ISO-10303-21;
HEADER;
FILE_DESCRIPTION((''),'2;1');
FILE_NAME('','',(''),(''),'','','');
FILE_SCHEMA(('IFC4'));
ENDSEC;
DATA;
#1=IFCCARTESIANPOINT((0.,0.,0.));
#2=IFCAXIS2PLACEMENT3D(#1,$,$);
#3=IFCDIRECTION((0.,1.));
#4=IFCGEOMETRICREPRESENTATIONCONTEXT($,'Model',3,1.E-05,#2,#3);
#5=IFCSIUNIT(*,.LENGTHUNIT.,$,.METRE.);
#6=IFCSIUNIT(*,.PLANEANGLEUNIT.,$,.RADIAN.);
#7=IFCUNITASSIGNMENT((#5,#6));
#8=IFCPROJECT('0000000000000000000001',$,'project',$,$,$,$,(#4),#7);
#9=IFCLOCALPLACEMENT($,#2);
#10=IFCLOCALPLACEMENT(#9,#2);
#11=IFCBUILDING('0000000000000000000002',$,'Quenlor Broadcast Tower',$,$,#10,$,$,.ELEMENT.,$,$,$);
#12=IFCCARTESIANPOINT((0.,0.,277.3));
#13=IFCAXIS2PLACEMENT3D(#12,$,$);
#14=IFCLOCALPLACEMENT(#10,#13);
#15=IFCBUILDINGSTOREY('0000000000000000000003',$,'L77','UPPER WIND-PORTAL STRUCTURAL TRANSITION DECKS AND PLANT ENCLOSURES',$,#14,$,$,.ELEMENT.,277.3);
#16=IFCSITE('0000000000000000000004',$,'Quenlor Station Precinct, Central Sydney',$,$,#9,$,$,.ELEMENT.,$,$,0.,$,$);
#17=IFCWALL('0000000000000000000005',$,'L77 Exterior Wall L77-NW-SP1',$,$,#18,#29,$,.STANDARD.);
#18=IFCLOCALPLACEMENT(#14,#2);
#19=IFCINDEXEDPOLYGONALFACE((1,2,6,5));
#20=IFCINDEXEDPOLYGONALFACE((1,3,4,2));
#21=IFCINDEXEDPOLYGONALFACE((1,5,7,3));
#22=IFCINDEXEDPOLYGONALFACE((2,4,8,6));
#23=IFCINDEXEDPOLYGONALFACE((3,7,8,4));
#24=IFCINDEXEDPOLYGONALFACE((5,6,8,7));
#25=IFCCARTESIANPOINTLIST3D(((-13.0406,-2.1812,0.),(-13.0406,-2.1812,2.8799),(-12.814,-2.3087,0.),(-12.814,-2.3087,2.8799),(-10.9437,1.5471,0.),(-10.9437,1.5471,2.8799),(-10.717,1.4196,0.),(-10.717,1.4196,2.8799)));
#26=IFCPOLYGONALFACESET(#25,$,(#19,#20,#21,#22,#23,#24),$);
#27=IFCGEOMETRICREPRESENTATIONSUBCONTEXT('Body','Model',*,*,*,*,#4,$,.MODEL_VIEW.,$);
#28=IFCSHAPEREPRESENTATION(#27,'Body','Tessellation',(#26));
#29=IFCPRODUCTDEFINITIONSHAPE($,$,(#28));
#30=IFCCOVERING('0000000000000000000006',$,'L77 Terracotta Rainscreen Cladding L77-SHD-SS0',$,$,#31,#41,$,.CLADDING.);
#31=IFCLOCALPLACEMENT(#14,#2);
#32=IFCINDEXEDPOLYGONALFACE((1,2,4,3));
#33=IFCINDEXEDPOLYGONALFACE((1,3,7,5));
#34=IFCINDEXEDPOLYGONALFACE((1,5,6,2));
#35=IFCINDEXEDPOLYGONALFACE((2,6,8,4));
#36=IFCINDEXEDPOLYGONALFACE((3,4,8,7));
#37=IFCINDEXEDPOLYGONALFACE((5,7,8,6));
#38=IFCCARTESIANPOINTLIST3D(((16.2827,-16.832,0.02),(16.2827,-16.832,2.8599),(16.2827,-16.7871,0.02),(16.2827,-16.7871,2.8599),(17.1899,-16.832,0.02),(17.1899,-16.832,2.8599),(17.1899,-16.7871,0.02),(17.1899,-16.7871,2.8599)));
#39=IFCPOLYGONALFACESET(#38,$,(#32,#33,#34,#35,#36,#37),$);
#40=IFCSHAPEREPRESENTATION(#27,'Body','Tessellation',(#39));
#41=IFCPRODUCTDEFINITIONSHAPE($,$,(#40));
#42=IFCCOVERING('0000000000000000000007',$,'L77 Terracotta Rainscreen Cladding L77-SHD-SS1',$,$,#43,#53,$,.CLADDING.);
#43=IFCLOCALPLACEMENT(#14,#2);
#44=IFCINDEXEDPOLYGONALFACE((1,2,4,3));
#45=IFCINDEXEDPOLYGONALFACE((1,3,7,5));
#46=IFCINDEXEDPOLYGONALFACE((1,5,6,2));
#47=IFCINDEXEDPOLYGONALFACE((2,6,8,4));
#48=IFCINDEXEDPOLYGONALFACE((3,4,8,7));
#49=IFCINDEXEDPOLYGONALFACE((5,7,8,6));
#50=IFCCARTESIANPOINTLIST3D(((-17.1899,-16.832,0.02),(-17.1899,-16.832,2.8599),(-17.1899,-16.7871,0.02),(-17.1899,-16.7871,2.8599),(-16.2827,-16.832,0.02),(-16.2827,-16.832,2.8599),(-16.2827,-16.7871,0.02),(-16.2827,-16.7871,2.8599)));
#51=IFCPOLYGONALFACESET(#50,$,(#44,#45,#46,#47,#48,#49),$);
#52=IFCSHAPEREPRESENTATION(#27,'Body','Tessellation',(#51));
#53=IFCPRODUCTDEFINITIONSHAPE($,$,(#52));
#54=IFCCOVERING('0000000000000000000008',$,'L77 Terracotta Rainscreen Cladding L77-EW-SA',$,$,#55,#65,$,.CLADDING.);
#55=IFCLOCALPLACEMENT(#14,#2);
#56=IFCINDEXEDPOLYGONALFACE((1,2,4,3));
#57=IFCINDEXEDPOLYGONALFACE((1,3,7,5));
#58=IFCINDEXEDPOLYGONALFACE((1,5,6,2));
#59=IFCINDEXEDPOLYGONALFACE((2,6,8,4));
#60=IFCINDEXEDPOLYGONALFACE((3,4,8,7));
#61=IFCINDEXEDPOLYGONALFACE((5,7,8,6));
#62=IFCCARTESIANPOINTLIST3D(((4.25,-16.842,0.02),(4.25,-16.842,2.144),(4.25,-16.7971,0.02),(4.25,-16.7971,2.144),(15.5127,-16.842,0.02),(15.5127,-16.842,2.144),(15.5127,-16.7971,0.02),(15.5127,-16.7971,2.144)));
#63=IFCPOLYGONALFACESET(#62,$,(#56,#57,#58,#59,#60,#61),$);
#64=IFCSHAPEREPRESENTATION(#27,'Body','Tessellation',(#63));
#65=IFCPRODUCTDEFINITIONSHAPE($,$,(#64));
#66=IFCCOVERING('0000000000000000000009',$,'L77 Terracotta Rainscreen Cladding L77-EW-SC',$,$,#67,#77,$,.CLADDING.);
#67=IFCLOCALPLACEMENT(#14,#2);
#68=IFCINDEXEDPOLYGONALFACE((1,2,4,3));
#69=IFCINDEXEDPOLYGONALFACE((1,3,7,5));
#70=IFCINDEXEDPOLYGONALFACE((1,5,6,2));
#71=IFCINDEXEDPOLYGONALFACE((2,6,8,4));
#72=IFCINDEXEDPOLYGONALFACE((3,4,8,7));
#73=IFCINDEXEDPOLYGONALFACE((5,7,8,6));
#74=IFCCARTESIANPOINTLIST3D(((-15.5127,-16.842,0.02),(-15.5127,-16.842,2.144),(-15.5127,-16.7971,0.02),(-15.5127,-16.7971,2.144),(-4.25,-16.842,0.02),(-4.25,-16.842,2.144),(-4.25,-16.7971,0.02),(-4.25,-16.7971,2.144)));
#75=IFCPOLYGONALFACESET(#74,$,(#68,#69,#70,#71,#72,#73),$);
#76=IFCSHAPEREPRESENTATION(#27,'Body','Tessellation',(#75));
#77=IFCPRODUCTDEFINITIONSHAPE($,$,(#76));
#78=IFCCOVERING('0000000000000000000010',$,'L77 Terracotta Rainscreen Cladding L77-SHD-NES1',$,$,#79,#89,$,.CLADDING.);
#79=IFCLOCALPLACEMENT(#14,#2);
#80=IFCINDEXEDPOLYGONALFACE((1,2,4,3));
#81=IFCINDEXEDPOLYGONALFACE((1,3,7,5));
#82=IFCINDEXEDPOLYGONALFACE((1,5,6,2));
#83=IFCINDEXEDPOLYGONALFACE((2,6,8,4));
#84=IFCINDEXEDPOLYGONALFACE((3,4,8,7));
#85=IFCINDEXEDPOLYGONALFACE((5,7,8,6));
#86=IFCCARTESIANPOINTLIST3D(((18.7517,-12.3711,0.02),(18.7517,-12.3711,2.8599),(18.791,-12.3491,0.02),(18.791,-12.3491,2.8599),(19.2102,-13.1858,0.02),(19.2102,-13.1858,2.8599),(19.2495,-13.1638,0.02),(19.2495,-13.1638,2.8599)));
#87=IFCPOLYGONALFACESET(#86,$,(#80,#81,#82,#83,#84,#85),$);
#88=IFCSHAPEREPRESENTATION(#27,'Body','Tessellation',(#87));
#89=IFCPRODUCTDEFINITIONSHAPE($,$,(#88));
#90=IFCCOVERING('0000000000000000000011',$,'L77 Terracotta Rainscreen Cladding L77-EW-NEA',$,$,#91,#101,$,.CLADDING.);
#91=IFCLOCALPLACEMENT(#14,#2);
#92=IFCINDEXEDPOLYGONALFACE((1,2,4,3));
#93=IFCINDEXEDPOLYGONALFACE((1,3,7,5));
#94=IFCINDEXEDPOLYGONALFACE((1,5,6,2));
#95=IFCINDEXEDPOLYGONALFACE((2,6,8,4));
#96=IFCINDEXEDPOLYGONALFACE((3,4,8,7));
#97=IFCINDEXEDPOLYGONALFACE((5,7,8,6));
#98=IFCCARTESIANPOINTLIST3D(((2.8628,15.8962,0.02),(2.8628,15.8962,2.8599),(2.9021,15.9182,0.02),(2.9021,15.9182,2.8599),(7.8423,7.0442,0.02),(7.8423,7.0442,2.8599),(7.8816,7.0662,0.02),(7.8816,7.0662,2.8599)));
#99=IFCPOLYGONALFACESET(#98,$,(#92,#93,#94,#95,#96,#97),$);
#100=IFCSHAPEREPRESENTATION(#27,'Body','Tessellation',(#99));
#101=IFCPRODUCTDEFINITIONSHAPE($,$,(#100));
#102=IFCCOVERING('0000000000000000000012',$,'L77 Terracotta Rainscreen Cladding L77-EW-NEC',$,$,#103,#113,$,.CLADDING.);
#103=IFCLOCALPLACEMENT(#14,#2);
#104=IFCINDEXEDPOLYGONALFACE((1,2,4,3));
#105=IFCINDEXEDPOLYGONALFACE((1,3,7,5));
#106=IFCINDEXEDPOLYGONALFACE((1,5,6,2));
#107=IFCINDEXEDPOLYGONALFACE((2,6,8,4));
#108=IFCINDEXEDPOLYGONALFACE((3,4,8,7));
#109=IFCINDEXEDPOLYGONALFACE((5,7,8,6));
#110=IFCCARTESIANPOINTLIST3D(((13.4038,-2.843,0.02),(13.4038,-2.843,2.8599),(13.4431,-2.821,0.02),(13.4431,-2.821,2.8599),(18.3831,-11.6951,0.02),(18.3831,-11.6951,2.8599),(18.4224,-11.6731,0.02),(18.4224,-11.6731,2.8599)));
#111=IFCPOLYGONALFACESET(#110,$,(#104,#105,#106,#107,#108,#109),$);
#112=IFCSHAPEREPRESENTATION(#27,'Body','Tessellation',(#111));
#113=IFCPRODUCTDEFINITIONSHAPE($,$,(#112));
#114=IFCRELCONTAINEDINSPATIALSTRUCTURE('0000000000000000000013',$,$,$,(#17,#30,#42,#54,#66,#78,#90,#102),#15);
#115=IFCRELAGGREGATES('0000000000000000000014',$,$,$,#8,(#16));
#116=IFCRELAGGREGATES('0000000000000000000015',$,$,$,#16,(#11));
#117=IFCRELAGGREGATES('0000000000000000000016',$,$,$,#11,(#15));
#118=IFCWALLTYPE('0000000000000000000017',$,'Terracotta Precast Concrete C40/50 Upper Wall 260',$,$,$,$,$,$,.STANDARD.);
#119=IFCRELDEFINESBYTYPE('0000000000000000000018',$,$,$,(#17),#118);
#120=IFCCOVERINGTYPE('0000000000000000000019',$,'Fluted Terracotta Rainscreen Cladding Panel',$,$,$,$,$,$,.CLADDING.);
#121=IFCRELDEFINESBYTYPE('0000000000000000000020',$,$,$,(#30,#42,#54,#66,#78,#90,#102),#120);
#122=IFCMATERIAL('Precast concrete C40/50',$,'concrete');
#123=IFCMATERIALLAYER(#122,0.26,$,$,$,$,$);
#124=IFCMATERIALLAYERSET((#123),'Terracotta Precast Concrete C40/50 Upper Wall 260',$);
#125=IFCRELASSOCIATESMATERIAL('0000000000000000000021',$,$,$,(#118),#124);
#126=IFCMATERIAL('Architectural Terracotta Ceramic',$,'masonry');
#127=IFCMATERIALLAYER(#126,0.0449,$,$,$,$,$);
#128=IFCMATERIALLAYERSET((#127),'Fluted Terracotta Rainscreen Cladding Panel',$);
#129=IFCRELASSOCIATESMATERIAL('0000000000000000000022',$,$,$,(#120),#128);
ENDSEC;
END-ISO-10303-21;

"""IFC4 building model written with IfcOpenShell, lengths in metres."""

from ifc_helpers import new_model, si_unit, direction, frame, frame_2d, origin, place, context, subcontext, project, spatial, polyline, rectangle, outline, extrude, material, layer, layer_set, type_object, element, save


model = new_model("IFC4")

# Units and contexts
model_context = context("Model", 3, precision=1e-05, world=origin(), true_north=direction((0.0, 1.0)))
body_context = subcontext(model_context, "Body", "Model", "MODEL_VIEW")
ifc_project = project(units=[si_unit("LENGTHUNIT", "METRE"), si_unit("PLANEANGLEUNIT", "RADIAN")], contexts=[model_context])

# Site, building, storey
site_placement = place(None, origin())
site = spatial("IfcSite", under=ifc_project, at=site_placement, Name="Quenlor Station Precinct, Central Sydney", CompositionType="ELEMENT", RefElevation=0.0)
building_placement = place(site_placement, origin())
building = spatial("IfcBuilding", under=site, at=building_placement, Name="Quenlor Broadcast Tower", CompositionType="ELEMENT")
storey_placement = place(building_placement, frame((0.0, 0.0, 277.3)))
storey = spatial("IfcBuildingStorey", under=building, at=storey_placement, Name="L77", Description="UPPER WIND-PORTAL STRUCTURAL TRANSITION DECKS AND PLANT ENCLOSURES", CompositionType="ELEMENT", Elevation=277.3)

# Wall
ifc_material_1 = material(Name="Precast concrete C40/50", Category="concrete")
ifc_layer_1 = layer(ifc_material_1, 0.26)
ifc_layer_set_1 = layer_set([ifc_layer_1], Name="Terracotta Precast Concrete C40/50 Upper Wall 260")
wall_type_1 = type_object("IfcWallType", Name="Terracotta Precast Concrete C40/50 Upper Wall 260", PredefinedType="STANDARD", material=ifc_layer_set_1)
wall_1_placement = place(storey_placement, frame((-12.9272, -2.2449, 0.0), z_axis=(0.0, 0.0, 1.0), x_axis=(0.490221, 0.871598, 0.0)))
element("IfcWall", 1, at=wall_1_placement, inside=storey, type_object=wall_type_1, Name="L77 Exterior Wall L77-NW-SP1", PredefinedType="STANDARD", context=body_context, shape_type="SweptSolid", body=[
    extrude(rectangle(XDim=4.2776, YDim=0.26, at=frame_2d((2.1387, 0.0))), origin(), (0.0, 0.0, 1.0), 2.8799),
])

# Coverings
ifc_material_2 = material(Name="Architectural Terracotta Ceramic", Category="masonry")
ifc_layer_2 = layer(ifc_material_2, 0.0449)
ifc_layer_set_2 = layer_set([ifc_layer_2], Name="Fluted Terracotta Rainscreen Cladding Panel")
covering_type = type_object("IfcCoveringType", Name="Fluted Terracotta Rainscreen Cladding Panel", PredefinedType="CLADDING", material=ifc_layer_set_2)
covering_1_placement = place(storey_placement, frame((0.0, 0.0, 0.02)))
element("IfcCovering", 2, at=covering_1_placement, inside=storey, type_object=covering_type, Name="L77 Terracotta Rainscreen Cladding L77-SHD-SS0", PredefinedType="CLADDING", context=body_context, shape_type="SweptSolid", body=[
    extrude(outline(polyline([(17.1899, -16.7871), (16.2827, -16.7871), (16.2827, -16.832), (17.1899, -16.832), (17.1899, -16.7871)])), origin(), (0.0, 0.0, 1.0), 2.8398),
])
covering_2_placement = place(storey_placement, frame((0.0, 0.0, 0.02)))
element("IfcCovering", 3, at=covering_2_placement, inside=storey, type_object=covering_type, Name="L77 Terracotta Rainscreen Cladding L77-SHD-SS1", PredefinedType="CLADDING", context=body_context, shape_type="SweptSolid", body=[
    extrude(outline(polyline([(-16.2827, -16.7871), (-17.1899, -16.7871), (-17.1899, -16.832), (-16.2827, -16.832), (-16.2827, -16.7871)])), origin(), (0.0, 0.0, 1.0), 2.8398),
])
covering_3_placement = place(storey_placement, frame((0.0, 0.0, 0.02)))
element("IfcCovering", 4, at=covering_3_placement, inside=storey, type_object=covering_type, Name="L77 Terracotta Rainscreen Cladding L77-EW-SA", PredefinedType="CLADDING", context=body_context, shape_type="SweptSolid", body=[
    extrude(outline(polyline([(15.5127, -16.7971), (4.25, -16.7971), (4.25, -16.842), (15.5127, -16.842), (15.5127, -16.7971)])), origin(), (0.0, 0.0, 1.0), 2.124),
])
covering_4_placement = place(storey_placement, frame((0.0, 0.0, 0.02)))
element("IfcCovering", 5, at=covering_4_placement, inside=storey, type_object=covering_type, Name="L77 Terracotta Rainscreen Cladding L77-EW-SC", PredefinedType="CLADDING", context=body_context, shape_type="SweptSolid", body=[
    extrude(outline(polyline([(-4.25, -16.7971), (-15.5127, -16.7971), (-15.5127, -16.842), (-4.25, -16.842), (-4.25, -16.7971)])), origin(), (0.0, 0.0, 1.0), 2.124),
])
covering_5_placement = place(storey_placement, frame((0.0, 0.0, 0.02)))
element("IfcCovering", 6, at=covering_5_placement, inside=storey, type_object=covering_type, Name="L77 Terracotta Rainscreen Cladding L77-SHD-NES1", PredefinedType="CLADDING", context=body_context, shape_type="SweptSolid", body=[
    extrude(outline(polyline([(18.7517, -12.3711), (19.2102, -13.1858), (19.2495, -13.1638), (18.791, -12.3491), (18.7517, -12.3711)])), origin(), (0.0, 0.0, 1.0), 2.8398),
])
covering_6_placement = place(storey_placement, frame((0.0, 0.0, 0.02)))
element("IfcCovering", 7, at=covering_6_placement, inside=storey, type_object=covering_type, Name="L77 Terracotta Rainscreen Cladding L77-EW-NEA", PredefinedType="CLADDING", context=body_context, shape_type="SweptSolid", body=[
    extrude(outline(polyline([(2.8628, 15.8962), (7.8423, 7.0442), (7.8816, 7.0662), (2.9021, 15.9182), (2.8628, 15.8962)])), origin(), (0.0, 0.0, 1.0), 2.8398),
])
covering_7_placement = place(storey_placement, frame((0.0, 0.0, 0.02)))
element("IfcCovering", 8, at=covering_7_placement, inside=storey, type_object=covering_type, Name="L77 Terracotta Rainscreen Cladding L77-EW-NEC", PredefinedType="CLADDING", context=body_context, shape_type="SweptSolid", body=[
    extrude(outline(polyline([(13.4038, -2.843), (18.3831, -11.6951), (18.4224, -11.6731), (13.4431, -2.821), (13.4038, -2.843)])), origin(), (0.0, 0.0, 1.0), 2.8398),
])

save(model, "model.ifc")
